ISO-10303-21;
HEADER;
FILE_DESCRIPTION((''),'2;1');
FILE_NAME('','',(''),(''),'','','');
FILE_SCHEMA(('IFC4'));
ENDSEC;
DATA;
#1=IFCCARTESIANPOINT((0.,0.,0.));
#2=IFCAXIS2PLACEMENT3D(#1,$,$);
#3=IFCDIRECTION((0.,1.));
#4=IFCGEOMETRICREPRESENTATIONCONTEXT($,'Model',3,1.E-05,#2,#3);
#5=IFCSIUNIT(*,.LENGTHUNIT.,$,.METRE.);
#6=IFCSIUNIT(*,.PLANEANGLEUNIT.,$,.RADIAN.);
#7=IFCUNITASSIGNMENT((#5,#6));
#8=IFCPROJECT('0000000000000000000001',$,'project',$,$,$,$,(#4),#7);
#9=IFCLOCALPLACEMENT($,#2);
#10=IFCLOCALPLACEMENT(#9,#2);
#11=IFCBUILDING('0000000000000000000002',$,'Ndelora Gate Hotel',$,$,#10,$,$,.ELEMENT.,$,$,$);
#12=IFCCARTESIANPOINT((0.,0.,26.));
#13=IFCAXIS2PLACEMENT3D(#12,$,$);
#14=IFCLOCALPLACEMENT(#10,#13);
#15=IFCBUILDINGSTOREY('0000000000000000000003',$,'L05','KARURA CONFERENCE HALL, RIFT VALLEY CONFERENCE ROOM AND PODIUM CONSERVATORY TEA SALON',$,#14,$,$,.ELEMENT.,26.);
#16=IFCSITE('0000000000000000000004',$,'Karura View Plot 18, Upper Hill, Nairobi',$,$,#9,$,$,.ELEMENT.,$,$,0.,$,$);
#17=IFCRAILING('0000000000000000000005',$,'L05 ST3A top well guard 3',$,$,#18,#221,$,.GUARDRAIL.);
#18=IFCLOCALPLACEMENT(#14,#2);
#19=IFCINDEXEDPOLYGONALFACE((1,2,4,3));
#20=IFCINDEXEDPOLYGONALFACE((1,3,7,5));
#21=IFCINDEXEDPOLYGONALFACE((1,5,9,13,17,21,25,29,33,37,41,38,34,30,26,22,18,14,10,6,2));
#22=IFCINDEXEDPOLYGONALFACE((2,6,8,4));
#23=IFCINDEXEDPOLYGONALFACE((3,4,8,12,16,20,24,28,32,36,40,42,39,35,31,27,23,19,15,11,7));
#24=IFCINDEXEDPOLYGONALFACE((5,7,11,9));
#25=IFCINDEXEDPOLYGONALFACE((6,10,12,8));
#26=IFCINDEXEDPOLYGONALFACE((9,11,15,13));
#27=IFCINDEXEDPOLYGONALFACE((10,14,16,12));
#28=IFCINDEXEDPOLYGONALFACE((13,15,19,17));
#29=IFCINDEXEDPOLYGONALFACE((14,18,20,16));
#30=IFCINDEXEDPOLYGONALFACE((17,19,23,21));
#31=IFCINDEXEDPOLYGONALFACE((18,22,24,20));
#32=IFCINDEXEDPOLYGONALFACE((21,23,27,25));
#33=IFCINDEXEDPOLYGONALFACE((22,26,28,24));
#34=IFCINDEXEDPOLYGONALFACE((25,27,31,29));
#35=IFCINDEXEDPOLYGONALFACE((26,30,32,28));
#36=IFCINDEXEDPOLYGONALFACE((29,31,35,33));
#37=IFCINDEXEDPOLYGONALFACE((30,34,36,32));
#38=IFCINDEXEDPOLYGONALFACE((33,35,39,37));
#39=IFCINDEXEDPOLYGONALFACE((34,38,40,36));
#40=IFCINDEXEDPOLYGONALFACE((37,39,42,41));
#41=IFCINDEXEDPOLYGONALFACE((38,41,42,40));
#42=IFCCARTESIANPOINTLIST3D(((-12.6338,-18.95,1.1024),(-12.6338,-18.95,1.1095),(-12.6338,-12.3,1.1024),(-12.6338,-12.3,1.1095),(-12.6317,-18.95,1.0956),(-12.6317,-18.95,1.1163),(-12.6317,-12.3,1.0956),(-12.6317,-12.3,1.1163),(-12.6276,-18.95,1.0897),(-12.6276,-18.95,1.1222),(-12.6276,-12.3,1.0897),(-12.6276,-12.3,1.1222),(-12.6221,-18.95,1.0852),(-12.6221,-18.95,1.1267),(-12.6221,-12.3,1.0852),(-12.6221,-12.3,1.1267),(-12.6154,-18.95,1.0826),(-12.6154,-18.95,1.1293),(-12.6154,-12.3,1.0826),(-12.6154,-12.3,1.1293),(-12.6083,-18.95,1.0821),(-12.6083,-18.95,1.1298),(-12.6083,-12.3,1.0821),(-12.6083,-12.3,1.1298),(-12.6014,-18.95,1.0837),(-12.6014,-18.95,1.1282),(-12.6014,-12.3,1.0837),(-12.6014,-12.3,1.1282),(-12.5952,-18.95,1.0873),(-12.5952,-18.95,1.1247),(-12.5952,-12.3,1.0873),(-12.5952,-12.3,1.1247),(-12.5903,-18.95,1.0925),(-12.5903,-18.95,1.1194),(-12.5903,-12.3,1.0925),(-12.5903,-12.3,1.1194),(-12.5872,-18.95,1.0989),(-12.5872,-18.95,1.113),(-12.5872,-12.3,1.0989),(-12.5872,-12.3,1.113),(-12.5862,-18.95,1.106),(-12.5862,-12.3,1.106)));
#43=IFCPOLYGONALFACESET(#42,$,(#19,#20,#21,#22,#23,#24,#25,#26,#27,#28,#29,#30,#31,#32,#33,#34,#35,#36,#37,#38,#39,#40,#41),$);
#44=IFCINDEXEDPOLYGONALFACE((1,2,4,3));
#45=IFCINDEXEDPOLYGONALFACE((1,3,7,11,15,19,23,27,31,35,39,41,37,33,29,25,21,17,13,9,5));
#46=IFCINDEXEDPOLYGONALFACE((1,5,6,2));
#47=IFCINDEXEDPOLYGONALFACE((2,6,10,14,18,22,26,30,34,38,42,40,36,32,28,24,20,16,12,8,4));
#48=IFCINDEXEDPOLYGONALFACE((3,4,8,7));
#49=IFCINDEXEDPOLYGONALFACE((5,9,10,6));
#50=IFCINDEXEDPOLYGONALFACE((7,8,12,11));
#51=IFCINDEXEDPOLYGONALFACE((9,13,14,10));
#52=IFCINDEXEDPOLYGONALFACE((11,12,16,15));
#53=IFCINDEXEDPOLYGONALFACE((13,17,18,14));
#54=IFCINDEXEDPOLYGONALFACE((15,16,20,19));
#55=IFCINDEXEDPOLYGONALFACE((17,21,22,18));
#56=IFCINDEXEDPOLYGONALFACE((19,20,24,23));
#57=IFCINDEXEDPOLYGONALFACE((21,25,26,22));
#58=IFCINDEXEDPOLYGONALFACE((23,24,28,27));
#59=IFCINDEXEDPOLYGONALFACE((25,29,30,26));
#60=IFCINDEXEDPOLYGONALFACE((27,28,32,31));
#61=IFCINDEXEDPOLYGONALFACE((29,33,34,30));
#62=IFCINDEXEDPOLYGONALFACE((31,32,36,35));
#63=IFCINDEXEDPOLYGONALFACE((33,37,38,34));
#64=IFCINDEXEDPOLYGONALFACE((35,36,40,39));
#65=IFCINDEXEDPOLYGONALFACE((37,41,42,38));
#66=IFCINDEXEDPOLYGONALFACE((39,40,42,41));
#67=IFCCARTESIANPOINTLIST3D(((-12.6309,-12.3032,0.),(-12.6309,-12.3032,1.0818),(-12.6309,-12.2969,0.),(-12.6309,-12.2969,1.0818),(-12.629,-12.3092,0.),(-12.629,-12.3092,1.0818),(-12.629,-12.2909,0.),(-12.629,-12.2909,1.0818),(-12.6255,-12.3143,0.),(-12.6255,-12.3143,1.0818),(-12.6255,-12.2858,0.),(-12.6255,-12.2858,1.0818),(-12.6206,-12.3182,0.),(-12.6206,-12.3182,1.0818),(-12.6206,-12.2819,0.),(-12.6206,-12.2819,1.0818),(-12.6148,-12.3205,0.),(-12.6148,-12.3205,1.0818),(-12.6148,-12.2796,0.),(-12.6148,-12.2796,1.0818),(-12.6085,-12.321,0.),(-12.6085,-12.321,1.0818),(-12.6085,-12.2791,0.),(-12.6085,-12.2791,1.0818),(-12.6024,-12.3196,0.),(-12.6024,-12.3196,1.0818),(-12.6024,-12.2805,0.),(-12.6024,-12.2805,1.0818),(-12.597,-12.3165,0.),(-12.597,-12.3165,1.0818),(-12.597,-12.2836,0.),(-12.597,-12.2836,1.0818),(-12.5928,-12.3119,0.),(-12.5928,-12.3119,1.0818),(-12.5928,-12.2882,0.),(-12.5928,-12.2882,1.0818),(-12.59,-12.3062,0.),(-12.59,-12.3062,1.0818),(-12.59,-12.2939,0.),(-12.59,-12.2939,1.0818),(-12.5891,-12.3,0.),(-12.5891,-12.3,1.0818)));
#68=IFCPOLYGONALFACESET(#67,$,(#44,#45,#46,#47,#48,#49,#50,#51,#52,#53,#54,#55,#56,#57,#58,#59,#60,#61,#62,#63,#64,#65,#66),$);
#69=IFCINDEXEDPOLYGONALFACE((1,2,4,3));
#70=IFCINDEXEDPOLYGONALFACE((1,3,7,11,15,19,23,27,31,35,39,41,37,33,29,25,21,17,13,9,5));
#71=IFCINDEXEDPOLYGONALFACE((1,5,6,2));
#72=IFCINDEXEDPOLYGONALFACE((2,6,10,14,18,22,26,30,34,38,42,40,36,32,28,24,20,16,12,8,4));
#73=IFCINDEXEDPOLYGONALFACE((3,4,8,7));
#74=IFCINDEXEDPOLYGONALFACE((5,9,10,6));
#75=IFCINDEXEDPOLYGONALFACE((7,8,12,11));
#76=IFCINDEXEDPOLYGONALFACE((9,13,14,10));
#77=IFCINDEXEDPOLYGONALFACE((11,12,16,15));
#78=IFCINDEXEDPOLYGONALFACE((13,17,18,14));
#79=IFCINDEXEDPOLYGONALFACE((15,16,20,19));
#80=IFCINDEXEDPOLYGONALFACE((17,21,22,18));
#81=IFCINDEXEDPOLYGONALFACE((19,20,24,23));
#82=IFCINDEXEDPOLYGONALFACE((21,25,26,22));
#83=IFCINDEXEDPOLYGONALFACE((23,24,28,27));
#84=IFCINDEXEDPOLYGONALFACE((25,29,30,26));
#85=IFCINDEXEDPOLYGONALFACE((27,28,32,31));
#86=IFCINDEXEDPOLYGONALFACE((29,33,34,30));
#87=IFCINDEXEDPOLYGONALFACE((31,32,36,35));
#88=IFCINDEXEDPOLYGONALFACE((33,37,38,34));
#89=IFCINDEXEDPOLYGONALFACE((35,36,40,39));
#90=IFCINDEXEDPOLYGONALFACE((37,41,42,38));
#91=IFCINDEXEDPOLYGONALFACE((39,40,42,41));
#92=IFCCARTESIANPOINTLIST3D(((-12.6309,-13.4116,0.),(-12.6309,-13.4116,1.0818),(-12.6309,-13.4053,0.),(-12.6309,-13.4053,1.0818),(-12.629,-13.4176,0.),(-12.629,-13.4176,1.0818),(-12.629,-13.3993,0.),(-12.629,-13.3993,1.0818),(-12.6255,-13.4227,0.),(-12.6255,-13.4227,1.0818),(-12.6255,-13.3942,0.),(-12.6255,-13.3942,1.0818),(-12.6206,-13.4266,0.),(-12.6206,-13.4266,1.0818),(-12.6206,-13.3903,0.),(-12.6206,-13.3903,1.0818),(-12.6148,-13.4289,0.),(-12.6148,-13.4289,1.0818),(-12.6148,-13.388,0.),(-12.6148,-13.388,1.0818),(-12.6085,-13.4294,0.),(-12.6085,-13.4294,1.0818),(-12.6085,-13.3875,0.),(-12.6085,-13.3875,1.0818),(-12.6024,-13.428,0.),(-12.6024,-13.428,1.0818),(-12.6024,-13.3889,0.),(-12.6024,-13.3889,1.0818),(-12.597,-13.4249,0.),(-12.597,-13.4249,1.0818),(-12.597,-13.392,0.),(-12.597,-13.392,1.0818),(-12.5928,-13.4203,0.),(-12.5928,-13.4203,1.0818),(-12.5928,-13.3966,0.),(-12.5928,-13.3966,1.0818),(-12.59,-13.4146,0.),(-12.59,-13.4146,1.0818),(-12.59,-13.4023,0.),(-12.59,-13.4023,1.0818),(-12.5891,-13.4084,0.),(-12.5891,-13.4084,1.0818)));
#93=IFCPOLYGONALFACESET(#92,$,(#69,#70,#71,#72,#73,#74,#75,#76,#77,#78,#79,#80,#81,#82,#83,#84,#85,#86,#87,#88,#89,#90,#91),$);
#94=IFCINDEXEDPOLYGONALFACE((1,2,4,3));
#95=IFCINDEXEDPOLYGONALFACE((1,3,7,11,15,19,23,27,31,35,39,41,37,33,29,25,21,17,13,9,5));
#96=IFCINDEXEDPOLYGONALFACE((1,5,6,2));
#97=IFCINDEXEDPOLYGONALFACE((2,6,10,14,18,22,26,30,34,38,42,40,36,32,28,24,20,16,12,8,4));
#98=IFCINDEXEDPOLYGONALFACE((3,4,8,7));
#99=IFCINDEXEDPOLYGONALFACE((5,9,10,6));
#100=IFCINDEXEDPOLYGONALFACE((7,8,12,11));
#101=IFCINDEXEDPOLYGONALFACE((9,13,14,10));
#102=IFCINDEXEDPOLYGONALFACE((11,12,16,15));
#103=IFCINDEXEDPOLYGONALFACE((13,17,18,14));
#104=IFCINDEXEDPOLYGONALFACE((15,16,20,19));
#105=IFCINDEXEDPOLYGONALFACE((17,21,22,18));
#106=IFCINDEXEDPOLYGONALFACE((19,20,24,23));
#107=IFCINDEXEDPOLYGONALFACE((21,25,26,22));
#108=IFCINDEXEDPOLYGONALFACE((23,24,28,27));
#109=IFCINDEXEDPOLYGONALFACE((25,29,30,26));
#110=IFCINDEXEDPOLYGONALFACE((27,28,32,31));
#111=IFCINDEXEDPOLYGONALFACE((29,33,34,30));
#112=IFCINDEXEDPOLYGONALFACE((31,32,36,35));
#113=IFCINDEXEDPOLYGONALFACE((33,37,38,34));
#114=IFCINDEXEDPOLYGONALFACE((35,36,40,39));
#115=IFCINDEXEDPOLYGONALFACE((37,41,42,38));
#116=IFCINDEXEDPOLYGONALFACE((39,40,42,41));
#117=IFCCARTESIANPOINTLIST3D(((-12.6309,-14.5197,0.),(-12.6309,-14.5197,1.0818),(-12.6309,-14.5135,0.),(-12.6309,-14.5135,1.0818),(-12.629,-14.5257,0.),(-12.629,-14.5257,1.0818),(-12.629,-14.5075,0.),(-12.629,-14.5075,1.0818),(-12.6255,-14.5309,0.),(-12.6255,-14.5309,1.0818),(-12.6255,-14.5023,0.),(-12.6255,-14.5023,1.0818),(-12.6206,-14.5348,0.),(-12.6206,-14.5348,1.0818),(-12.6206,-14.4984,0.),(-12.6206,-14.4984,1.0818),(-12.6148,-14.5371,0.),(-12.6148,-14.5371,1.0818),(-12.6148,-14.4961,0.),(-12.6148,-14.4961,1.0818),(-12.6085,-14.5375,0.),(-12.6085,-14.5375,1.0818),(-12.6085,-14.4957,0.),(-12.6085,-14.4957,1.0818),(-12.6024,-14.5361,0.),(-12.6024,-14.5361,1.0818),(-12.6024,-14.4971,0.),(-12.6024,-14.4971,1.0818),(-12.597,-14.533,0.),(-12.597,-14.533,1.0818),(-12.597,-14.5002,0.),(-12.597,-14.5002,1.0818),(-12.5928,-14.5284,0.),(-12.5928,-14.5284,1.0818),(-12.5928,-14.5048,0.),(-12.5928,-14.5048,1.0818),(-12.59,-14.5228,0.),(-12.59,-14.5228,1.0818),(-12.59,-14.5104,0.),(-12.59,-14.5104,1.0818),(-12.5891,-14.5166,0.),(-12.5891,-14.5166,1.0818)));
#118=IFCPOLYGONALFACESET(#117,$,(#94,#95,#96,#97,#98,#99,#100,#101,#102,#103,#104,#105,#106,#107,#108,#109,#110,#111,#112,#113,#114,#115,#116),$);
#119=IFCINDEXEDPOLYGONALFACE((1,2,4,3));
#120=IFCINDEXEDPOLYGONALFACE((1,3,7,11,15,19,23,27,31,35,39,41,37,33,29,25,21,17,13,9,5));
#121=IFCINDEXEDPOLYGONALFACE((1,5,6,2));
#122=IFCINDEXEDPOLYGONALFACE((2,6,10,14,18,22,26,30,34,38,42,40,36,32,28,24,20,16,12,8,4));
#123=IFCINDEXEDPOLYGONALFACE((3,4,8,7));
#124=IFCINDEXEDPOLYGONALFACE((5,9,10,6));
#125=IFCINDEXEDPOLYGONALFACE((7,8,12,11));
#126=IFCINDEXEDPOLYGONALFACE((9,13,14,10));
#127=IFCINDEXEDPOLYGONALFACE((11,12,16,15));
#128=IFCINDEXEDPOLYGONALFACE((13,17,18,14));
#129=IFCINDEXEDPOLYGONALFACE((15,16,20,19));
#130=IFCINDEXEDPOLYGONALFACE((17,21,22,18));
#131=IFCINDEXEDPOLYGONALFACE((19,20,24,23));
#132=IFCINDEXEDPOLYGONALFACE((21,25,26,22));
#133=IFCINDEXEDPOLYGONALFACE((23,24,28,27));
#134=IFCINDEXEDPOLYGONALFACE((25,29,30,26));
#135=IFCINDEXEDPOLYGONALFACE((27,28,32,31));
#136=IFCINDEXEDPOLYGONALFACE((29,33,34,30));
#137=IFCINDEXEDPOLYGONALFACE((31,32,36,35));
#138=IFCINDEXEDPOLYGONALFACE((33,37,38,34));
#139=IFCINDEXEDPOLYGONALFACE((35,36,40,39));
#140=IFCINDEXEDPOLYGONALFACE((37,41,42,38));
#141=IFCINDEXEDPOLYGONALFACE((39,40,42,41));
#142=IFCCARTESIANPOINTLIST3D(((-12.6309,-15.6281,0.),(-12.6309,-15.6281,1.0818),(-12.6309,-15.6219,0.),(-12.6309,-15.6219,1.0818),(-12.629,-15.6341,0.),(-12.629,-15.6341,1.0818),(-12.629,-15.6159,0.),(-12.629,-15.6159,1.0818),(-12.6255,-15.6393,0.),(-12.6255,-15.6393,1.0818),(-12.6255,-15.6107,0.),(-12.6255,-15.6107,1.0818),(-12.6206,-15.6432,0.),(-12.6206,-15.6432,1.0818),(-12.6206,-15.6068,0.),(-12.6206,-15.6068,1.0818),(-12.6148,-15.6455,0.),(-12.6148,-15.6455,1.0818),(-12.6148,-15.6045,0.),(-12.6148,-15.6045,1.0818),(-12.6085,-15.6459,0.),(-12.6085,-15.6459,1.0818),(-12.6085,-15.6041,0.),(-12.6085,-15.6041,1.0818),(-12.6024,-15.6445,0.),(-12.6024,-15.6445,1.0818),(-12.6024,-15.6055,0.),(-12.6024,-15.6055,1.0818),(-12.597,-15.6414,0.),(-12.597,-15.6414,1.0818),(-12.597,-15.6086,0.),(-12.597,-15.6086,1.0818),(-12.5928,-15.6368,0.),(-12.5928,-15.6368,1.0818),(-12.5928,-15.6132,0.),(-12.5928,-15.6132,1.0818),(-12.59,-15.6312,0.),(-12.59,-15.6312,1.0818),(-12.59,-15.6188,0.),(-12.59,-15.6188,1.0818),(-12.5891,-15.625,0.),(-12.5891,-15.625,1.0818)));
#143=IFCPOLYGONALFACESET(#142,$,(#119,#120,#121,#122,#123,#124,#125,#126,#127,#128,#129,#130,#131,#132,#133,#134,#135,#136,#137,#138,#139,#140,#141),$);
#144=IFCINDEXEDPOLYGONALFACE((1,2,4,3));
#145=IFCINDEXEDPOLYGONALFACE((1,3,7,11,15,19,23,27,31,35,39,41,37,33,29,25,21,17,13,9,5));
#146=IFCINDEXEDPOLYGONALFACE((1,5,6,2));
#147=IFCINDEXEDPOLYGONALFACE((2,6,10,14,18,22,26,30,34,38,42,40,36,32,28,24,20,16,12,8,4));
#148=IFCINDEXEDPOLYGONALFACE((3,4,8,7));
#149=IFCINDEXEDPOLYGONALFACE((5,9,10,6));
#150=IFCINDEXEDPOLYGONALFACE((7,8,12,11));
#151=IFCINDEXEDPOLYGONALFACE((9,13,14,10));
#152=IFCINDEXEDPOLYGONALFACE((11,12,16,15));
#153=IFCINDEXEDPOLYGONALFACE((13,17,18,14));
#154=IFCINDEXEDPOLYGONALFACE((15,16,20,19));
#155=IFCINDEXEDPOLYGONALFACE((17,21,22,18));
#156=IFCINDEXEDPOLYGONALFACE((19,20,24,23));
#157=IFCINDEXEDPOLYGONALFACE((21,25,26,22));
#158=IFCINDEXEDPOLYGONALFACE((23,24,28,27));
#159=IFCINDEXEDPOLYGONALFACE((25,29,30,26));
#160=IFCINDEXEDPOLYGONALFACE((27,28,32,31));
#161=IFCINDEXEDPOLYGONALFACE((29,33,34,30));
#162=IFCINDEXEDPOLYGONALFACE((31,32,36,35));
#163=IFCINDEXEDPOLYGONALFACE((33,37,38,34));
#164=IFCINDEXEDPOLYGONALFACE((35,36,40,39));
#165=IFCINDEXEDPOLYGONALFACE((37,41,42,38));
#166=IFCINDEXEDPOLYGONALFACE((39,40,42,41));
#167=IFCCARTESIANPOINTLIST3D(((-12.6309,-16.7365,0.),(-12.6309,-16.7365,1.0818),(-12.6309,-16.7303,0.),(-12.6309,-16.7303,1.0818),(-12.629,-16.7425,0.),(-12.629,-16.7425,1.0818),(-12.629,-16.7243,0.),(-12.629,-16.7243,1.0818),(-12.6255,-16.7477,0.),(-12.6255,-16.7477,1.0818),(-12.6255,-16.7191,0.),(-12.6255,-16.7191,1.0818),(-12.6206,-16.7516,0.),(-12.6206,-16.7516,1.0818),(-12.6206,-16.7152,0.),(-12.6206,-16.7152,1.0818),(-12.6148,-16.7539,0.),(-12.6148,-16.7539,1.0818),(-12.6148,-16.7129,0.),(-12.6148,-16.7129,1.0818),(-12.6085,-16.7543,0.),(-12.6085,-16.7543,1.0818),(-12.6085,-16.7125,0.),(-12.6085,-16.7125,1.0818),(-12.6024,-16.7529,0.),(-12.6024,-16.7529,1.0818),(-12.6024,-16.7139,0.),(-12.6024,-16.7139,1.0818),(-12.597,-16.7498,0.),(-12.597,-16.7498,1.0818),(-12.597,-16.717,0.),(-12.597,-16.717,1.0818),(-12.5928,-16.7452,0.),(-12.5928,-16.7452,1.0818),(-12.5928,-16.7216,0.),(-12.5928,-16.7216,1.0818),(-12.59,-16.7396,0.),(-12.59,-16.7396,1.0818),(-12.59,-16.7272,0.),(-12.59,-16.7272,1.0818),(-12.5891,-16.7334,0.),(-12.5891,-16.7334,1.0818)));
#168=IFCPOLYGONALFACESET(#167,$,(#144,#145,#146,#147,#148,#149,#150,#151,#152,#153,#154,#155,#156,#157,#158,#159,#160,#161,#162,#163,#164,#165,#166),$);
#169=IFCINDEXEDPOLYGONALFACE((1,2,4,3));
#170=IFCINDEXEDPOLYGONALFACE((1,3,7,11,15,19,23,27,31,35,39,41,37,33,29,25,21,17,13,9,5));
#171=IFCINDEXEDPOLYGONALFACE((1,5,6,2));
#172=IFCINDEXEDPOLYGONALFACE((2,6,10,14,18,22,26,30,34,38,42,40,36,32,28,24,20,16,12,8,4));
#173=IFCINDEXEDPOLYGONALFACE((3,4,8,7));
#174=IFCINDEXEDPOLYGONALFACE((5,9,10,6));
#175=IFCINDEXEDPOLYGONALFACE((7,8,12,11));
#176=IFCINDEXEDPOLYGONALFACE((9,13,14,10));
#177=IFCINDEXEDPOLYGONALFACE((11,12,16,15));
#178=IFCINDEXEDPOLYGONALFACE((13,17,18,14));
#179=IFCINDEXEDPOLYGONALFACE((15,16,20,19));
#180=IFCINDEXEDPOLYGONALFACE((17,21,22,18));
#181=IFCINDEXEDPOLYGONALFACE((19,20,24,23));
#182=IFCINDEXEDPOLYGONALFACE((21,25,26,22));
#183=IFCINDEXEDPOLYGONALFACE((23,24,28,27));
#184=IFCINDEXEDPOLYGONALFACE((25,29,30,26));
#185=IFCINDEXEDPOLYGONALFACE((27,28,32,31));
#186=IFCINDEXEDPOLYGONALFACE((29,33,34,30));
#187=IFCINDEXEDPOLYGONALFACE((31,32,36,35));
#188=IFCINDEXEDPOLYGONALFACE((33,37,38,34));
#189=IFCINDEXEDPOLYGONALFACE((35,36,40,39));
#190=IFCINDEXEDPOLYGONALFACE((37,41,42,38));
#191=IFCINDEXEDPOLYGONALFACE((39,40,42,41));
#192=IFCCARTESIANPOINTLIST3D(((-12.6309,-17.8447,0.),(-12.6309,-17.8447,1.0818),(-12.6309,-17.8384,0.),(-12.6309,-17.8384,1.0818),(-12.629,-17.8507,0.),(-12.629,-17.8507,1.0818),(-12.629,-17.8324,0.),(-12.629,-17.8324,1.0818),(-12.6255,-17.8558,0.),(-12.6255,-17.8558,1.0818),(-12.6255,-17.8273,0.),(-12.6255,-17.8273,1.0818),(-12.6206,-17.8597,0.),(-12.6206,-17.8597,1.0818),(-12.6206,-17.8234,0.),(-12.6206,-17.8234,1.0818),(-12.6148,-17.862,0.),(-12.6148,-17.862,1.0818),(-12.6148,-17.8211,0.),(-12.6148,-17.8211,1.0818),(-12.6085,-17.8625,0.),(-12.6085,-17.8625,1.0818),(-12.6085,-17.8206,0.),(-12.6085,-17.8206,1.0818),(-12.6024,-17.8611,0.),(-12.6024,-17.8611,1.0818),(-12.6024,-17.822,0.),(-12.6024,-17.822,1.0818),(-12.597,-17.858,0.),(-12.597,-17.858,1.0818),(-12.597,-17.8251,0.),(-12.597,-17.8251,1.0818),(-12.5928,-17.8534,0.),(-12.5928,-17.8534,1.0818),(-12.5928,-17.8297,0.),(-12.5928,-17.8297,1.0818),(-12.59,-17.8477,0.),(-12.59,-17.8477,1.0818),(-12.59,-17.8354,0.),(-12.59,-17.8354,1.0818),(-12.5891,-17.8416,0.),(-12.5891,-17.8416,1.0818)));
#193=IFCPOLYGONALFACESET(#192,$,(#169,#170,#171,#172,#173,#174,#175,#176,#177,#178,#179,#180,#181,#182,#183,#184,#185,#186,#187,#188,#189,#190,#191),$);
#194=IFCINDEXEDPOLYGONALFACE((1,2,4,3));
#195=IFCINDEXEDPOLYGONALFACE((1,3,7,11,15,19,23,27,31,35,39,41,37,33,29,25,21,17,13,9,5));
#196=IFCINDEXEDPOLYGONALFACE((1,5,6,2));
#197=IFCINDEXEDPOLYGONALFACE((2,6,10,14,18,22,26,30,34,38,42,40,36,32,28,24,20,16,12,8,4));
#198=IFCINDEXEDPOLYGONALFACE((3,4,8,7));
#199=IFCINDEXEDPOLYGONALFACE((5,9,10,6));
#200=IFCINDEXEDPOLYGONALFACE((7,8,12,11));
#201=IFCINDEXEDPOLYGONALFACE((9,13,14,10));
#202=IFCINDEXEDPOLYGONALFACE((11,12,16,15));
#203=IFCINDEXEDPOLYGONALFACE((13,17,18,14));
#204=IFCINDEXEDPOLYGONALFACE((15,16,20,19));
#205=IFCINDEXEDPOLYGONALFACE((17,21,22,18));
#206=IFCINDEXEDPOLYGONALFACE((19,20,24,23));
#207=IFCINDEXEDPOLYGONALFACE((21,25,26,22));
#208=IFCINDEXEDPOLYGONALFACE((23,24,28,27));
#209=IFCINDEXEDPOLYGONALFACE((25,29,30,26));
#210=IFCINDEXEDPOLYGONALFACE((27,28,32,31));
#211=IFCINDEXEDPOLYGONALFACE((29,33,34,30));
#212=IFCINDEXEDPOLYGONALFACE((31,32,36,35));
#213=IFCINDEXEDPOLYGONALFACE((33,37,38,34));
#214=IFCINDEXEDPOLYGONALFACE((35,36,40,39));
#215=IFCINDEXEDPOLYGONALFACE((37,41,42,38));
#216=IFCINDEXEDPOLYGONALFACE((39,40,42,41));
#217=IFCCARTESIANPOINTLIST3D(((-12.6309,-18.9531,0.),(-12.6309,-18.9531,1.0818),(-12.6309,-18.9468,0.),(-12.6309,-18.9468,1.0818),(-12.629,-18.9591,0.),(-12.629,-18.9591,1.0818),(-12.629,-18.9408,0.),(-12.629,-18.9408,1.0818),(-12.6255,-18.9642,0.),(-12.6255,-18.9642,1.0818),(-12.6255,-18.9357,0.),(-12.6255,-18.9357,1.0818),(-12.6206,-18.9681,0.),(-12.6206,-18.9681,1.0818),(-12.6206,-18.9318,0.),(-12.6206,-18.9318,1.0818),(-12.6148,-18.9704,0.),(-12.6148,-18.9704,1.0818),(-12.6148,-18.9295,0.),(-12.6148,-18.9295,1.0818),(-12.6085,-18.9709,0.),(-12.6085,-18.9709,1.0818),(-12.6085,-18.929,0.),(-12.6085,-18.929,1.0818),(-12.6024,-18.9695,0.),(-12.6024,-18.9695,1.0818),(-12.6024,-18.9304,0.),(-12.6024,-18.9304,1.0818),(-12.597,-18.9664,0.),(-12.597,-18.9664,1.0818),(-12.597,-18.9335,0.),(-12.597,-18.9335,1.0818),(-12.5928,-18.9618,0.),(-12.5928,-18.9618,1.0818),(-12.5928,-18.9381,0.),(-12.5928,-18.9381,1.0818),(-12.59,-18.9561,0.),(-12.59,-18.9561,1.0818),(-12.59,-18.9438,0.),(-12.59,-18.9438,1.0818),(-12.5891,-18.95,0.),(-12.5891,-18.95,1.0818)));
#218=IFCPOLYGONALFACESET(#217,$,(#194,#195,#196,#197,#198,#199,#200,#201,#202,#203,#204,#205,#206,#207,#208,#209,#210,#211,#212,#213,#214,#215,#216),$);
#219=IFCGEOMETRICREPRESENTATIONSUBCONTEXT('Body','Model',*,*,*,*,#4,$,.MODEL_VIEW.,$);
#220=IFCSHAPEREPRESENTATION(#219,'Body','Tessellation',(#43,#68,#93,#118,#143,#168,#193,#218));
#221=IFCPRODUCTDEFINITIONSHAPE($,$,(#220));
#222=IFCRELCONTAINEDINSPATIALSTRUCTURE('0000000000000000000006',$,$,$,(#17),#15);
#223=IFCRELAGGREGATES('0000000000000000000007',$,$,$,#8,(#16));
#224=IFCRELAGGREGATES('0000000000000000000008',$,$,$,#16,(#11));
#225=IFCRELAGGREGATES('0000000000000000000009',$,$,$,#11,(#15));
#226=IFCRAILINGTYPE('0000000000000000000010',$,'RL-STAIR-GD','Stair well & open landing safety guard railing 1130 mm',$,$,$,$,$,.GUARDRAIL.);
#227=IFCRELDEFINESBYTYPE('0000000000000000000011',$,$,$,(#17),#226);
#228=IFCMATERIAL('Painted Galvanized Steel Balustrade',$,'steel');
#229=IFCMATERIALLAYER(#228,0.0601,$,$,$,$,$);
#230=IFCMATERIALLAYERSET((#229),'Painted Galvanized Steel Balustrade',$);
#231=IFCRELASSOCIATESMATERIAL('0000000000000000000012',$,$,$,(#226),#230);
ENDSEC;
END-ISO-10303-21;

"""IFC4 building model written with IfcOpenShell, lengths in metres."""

from ifc_helpers import new_model, si_unit, direction, frame, origin, origin_2d, place, context, subcontext, project, spatial, circle, extrude, material, layer, layer_set, type_object, element, save


model = new_model("IFC4")

# Units and contexts
model_context = context("Model", 3, precision=1e-05, world=origin(), true_north=direction((0.0, 1.0)))
body_context = subcontext(model_context, "Body", "Model", "MODEL_VIEW")
ifc_project = project(units=[si_unit("LENGTHUNIT", "METRE"), si_unit("PLANEANGLEUNIT", "RADIAN")], contexts=[model_context])

# Site, building, storey
site_placement = place(None, origin())
site = spatial("IfcSite", under=ifc_project, at=site_placement, Name="Karura View Plot 18, Upper Hill, Nairobi", CompositionType="ELEMENT", RefElevation=0.0)
building_placement = place(site_placement, origin())
building = spatial("IfcBuilding", under=site, at=building_placement, Name="Ndelora Gate Hotel", CompositionType="ELEMENT")
storey_placement = place(building_placement, frame((0.0, 0.0, 26.0)))
storey = spatial("IfcBuildingStorey", under=building, at=storey_placement, Name="L05", Description="KARURA CONFERENCE HALL, RIFT VALLEY CONFERENCE ROOM AND PODIUM CONSERVATORY TEA SALON", CompositionType="ELEMENT", Elevation=26.0)

# Railing
ifc_material_1 = material(Name="Painted Galvanized Steel Balustrade", Category="steel")
ifc_layer_1 = layer(ifc_material_1, 0.0601)
ifc_layer_set_1 = layer_set([ifc_layer_1], Name="Painted Galvanized Steel Balustrade")
railing_type = type_object("IfcRailingType", Name="RL-STAIR-GD", Description="Stair well & open landing safety guard railing 1130 mm", PredefinedType="GUARDRAIL", material=ifc_layer_set_1)
railing_placement = place(storey_placement, frame((-12.6101, -12.3, 0.0)))
element("IfcRailing", 1, at=railing_placement, inside=storey, type_object=railing_type, Name="L05 ST3A top well guard 3", PredefinedType="GUARDRAIL", context=body_context, shape_type="SweptSolid", body=[
    extrude(circle(Radius=0.0239, at=origin_2d()), frame((0.0, 0.0, 1.106), z_axis=(0.0, -1.0, 0.0), x_axis=(1.0, 0.0, 0.0)), (0.0, 0.0, 1.0), 6.6499),
    extrude(circle(Radius=0.021, at=origin_2d()), origin(), (0.0, 0.0, 1.0), 1.0818),
    extrude(circle(Radius=0.021, at=origin_2d()), frame((0.0, -1.1084, 0.0)), (0.0, 0.0, 1.0), 1.0818),
    extrude(circle(Radius=0.021, at=origin_2d()), frame((0.0, -2.2166, 0.0)), (0.0, 0.0, 1.0), 1.0818),
    extrude(circle(Radius=0.021, at=origin_2d()), frame((0.0, -3.325, 0.0)), (0.0, 0.0, 1.0), 1.0818),
    extrude(circle(Radius=0.021, at=origin_2d()), frame((0.0, -4.4333, 0.0)), (0.0, 0.0, 1.0), 1.0818),
    extrude(circle(Radius=0.021, at=origin_2d()), frame((0.0, -5.5415, 0.0)), (0.0, 0.0, 1.0), 1.0818),
    extrude(circle(Radius=0.021, at=origin_2d()), frame((0.0, -6.6499, 0.0)), (0.0, 0.0, 1.0), 1.0818),
])

save(model, "model.ifc")
